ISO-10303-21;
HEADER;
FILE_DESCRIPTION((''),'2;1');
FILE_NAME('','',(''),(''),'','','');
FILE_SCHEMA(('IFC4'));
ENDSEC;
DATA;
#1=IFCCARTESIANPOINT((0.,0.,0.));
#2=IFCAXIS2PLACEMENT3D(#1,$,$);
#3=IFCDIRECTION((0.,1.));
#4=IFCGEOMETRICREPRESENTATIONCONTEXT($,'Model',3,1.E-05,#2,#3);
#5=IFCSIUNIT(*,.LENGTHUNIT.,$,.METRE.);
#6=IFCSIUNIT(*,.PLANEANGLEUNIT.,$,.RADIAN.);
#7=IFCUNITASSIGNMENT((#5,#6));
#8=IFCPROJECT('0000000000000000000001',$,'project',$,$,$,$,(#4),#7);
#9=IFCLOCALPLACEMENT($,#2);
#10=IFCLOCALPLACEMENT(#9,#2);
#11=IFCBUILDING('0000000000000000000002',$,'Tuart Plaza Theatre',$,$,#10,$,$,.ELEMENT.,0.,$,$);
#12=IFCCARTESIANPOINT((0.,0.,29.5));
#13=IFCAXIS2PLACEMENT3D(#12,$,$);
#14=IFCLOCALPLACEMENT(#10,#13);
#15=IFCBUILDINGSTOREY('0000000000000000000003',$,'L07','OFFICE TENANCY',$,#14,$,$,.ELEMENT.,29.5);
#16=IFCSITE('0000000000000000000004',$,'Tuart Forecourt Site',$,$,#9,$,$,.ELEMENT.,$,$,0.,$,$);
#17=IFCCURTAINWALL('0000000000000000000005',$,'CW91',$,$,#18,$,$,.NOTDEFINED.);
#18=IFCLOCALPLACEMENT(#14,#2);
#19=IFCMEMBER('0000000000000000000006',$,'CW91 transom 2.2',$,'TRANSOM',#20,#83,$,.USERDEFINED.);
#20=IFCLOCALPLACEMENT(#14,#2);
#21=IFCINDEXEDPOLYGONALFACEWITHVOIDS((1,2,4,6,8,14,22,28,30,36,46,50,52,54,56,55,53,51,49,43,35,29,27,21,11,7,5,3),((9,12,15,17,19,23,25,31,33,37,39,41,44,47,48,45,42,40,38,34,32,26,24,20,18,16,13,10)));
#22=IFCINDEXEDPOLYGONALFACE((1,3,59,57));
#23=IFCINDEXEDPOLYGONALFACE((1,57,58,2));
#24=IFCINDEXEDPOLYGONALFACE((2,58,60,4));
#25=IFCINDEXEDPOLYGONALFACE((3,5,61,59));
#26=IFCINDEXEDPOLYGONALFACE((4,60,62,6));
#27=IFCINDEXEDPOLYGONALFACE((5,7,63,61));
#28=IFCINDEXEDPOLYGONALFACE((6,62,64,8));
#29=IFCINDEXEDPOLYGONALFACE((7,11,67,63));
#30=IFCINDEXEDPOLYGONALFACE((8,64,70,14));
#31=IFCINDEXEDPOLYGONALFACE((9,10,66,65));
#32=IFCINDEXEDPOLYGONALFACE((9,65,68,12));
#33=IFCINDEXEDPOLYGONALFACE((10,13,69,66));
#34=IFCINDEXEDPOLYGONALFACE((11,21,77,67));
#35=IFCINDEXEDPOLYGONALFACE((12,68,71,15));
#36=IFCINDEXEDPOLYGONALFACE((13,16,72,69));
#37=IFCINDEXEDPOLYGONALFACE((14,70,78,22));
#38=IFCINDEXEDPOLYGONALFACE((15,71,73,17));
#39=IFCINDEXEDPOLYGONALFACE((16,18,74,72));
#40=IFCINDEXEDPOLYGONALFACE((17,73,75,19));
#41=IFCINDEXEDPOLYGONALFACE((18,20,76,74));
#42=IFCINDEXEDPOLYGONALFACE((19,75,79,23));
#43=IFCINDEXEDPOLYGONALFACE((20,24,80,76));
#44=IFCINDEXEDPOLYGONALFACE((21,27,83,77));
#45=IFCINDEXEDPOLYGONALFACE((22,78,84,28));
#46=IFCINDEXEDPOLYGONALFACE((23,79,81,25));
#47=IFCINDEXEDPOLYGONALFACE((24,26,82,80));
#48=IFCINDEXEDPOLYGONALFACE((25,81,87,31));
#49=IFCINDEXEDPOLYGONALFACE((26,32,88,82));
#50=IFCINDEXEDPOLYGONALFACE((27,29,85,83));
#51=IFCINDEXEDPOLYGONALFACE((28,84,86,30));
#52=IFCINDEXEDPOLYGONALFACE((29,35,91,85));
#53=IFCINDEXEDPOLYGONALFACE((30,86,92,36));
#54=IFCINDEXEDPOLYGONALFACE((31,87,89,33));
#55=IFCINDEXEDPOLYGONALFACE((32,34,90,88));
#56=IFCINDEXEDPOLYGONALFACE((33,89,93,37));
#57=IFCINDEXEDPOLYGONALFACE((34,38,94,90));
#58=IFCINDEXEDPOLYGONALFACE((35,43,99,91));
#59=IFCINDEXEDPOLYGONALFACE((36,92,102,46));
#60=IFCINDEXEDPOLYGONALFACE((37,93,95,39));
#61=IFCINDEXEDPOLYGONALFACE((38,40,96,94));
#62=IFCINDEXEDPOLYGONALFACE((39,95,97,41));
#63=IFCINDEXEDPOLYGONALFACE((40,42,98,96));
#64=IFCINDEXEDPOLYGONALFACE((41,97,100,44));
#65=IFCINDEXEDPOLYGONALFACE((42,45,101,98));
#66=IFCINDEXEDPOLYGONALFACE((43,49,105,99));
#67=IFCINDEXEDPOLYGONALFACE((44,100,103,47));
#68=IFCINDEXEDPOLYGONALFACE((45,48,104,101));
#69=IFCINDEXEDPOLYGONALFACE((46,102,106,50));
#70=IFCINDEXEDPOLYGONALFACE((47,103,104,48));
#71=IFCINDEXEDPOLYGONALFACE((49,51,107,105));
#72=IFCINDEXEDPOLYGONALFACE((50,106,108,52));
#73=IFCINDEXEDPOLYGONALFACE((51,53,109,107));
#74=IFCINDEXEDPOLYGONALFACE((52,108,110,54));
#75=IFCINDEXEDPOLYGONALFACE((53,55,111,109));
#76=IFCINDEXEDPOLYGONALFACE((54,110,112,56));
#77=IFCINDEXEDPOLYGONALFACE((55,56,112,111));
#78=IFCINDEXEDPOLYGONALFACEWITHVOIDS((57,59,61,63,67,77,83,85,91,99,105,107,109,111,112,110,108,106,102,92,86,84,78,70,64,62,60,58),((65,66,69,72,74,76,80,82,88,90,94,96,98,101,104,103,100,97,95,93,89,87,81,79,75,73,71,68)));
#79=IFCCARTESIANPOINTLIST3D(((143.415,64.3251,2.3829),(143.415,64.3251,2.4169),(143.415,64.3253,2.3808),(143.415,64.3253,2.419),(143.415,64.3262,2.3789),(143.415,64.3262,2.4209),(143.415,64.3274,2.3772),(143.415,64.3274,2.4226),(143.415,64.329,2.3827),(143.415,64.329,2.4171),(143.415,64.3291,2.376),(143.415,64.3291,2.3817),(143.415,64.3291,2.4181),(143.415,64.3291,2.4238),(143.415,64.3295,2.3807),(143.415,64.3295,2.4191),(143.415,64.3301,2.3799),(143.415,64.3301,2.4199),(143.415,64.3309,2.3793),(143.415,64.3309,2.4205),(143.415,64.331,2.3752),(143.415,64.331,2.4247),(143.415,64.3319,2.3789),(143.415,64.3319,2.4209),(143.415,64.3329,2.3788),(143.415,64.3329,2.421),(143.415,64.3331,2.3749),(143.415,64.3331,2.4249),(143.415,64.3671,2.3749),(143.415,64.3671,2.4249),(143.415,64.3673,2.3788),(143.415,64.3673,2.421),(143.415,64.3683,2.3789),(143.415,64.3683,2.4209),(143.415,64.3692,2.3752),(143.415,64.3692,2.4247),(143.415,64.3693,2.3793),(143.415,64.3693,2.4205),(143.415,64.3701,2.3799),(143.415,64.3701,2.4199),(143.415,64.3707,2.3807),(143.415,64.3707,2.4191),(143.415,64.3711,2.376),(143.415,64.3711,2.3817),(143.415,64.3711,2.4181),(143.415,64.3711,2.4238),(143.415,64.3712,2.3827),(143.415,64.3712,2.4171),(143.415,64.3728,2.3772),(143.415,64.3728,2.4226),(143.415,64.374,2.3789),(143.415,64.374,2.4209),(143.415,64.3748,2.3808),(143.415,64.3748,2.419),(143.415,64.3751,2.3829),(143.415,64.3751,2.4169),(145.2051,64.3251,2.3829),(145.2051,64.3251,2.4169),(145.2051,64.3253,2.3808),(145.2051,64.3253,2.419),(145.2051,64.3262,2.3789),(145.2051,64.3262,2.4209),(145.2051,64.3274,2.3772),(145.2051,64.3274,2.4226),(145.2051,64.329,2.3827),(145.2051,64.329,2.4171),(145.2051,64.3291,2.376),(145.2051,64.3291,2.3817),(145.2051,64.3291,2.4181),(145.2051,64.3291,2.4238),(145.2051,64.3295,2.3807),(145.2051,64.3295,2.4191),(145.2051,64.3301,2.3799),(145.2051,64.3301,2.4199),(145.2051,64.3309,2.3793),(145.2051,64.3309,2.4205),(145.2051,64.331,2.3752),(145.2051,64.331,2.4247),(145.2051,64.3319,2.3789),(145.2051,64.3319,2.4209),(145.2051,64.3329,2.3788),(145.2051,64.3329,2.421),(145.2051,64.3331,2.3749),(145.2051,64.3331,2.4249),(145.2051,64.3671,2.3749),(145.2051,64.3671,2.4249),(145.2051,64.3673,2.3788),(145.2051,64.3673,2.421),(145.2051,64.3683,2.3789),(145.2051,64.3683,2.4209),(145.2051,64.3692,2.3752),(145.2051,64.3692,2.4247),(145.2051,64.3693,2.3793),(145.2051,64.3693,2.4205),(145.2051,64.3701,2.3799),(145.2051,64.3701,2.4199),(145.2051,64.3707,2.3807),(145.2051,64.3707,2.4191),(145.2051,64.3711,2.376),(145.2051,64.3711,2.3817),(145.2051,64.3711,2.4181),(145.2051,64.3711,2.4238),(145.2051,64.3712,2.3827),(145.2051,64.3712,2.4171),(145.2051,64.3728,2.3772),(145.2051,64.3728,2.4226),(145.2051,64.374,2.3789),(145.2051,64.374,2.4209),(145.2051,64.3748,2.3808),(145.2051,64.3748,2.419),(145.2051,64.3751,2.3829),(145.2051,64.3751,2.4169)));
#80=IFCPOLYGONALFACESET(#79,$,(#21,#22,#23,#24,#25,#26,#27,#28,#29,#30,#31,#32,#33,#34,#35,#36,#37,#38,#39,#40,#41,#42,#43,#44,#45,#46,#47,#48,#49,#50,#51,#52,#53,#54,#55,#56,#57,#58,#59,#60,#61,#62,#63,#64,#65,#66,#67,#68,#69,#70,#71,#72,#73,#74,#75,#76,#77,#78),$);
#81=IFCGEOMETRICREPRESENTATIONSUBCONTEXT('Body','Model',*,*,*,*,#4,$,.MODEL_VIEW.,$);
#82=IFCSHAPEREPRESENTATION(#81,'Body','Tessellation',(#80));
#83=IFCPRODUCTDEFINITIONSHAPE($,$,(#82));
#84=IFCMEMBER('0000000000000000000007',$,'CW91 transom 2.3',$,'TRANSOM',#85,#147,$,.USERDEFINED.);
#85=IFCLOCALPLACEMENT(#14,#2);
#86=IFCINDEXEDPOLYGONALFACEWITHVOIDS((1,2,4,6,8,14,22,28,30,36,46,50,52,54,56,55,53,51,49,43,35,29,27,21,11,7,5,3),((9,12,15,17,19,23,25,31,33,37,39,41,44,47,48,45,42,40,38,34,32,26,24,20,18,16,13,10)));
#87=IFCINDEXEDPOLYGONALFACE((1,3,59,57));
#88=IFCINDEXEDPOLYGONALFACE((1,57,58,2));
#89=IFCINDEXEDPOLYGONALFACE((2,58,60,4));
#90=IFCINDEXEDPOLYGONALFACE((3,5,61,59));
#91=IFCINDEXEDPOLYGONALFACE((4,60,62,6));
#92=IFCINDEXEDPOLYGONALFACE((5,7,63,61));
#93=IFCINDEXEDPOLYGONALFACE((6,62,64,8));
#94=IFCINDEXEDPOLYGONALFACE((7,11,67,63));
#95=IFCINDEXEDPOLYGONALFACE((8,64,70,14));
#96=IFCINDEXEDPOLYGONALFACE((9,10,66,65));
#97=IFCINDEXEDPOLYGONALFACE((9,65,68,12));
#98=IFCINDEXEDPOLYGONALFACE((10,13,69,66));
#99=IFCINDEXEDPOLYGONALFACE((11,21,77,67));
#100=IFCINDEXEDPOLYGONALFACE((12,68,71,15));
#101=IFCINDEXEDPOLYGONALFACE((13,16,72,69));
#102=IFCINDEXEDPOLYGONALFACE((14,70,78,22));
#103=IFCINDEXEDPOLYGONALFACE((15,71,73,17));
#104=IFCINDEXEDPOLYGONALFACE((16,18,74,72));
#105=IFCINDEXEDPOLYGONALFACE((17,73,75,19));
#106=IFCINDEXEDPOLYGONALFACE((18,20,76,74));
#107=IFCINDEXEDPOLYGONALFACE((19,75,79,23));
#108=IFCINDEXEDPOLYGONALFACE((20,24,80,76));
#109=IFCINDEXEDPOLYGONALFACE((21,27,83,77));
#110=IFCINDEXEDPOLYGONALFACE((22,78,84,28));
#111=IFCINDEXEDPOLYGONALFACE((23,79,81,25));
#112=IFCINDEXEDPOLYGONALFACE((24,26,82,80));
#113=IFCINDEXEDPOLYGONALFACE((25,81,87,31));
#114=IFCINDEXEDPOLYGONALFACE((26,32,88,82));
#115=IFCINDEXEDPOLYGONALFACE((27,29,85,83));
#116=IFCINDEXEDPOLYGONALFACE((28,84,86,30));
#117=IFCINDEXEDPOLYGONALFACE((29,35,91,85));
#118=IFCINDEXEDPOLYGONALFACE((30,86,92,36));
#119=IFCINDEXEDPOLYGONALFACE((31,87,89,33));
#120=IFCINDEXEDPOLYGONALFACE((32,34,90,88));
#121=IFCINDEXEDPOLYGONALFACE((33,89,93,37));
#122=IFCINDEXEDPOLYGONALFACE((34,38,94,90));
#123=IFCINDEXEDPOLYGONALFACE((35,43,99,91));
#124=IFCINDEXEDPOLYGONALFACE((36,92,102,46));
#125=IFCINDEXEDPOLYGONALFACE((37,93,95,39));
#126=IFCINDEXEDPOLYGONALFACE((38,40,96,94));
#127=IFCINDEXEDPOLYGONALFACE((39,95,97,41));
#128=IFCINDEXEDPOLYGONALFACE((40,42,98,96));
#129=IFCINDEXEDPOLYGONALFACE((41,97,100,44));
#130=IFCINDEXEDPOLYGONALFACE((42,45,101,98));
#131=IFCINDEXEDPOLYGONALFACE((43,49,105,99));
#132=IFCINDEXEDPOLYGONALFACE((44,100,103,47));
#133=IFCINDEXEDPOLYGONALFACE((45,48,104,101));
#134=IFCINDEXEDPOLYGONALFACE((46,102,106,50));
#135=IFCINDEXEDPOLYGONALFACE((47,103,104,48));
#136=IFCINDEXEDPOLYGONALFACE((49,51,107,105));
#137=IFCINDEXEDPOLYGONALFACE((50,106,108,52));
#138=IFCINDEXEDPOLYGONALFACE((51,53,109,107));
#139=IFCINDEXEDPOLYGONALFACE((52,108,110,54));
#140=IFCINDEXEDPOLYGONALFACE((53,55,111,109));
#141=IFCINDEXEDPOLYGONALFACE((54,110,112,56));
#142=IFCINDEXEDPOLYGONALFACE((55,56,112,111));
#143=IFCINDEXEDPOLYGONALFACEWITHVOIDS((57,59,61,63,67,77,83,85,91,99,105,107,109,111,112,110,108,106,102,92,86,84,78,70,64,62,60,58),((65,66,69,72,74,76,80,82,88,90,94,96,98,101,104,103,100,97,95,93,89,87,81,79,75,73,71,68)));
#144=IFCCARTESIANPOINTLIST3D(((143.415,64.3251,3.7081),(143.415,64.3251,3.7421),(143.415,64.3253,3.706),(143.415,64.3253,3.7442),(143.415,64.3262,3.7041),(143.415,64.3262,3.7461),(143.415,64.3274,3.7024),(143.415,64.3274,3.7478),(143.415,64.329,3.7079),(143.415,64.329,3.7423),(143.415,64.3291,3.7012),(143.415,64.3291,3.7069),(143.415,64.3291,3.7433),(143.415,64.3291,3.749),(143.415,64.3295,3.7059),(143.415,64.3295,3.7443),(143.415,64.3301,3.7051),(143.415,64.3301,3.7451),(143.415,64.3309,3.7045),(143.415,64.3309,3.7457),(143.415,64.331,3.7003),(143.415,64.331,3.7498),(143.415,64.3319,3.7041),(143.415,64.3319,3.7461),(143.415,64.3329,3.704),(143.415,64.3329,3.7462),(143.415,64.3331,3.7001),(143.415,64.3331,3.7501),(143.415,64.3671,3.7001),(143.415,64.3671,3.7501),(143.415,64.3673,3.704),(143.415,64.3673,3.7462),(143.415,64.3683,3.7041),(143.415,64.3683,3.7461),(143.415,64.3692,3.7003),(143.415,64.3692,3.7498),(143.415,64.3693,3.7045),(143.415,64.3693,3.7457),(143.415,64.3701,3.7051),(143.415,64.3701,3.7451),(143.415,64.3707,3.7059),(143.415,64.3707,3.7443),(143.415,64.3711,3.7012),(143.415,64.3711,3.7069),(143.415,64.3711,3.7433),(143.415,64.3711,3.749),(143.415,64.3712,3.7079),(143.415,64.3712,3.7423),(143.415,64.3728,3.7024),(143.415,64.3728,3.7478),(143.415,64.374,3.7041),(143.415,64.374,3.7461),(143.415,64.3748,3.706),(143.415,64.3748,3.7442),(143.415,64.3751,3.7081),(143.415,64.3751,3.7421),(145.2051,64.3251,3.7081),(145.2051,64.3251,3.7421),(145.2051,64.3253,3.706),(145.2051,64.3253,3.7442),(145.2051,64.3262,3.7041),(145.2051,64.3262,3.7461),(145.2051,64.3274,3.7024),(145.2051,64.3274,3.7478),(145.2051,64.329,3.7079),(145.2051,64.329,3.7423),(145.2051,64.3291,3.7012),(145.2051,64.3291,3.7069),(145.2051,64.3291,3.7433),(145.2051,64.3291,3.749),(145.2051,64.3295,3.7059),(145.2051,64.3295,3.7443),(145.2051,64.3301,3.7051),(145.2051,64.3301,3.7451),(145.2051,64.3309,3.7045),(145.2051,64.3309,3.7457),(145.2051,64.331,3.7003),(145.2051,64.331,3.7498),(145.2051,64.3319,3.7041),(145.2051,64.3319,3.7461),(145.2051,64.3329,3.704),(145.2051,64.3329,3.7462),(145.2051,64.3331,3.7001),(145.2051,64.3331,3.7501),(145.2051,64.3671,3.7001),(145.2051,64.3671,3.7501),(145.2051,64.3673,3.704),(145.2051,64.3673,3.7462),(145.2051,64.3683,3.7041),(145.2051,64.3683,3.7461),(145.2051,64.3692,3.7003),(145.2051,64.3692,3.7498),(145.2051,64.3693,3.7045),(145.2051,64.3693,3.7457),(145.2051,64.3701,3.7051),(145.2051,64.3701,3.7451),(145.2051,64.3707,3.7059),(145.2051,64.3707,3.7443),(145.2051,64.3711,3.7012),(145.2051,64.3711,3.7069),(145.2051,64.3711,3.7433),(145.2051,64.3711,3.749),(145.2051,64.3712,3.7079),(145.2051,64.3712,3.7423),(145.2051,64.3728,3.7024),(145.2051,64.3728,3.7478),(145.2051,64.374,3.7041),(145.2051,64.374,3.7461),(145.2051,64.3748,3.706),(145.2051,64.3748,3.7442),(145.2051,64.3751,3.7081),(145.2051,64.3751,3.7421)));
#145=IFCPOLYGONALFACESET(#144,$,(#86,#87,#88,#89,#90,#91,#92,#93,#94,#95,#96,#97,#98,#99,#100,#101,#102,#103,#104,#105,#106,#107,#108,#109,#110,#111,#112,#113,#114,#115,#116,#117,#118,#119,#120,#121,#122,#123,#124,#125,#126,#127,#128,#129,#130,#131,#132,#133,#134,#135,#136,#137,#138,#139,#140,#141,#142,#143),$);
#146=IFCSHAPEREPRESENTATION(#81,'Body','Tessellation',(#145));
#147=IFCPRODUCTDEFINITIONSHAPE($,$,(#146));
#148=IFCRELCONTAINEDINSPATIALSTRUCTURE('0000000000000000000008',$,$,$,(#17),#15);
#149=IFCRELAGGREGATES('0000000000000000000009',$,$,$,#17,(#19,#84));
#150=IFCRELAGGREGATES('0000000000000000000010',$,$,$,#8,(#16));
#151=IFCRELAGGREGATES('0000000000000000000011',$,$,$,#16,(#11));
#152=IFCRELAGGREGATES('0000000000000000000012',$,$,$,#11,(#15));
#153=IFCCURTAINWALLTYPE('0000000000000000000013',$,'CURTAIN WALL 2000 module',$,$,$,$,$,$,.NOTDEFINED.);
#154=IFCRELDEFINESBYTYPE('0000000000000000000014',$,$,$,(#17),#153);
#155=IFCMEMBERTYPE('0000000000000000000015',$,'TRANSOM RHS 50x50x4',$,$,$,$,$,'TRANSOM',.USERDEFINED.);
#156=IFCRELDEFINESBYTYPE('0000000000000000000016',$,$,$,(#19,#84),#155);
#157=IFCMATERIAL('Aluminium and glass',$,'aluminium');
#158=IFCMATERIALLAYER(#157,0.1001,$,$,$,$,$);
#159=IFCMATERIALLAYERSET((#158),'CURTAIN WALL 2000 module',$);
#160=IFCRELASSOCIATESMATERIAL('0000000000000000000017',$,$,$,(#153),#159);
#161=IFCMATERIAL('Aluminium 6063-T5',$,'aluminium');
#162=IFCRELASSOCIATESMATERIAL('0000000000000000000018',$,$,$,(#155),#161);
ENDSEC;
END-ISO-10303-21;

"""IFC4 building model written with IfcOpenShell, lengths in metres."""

from ifc_helpers import new_model, si_unit, direction, frame, origin, origin_2d, place, context, subcontext, project, spatial, hollow_rectangle, extrude, material, layer, layer_set, material_profile, profile_set, type_object, element, aggregate, save


model = new_model("IFC4")

# Units and contexts
model_context = context("Model", 3, precision=1e-05, world=origin(), true_north=direction((0.0, 1.0)))
body_context = subcontext(model_context, "Body", "Model", "MODEL_VIEW")
ifc_project = project(units=[si_unit("LENGTHUNIT", "METRE"), si_unit("PLANEANGLEUNIT", "RADIAN")], contexts=[model_context])

# Site, building, storey
site_placement = place(None, origin())
site = spatial("IfcSite", under=ifc_project, at=site_placement, Name="Tuart Forecourt Site", CompositionType="ELEMENT", RefElevation=0.0)
building_placement = place(site_placement, origin())
building = spatial("IfcBuilding", under=site, at=building_placement, Name="Tuart Plaza Theatre", CompositionType="ELEMENT", ElevationOfRefHeight=0.0)
storey_placement = place(building_placement, frame((0.0, 0.0, 29.5)))
storey = spatial("IfcBuildingStorey", under=building, at=storey_placement, Name="L07", Description="OFFICE TENANCY", CompositionType="ELEMENT", Elevation=29.5)

# Curtain wall
ifc_material_1 = material(Name="Aluminium and glass", Category="aluminium")
ifc_layer_1 = layer(ifc_material_1, 0.1001)
ifc_layer_set_1 = layer_set([ifc_layer_1], Name="CURTAIN WALL 2000 module")
curtain_wall_type = type_object("IfcCurtainWallType", Name="CURTAIN WALL 2000 module", PredefinedType="NOTDEFINED", material=ifc_layer_set_1)
curtain_wall_1_placement = place(storey_placement, origin())
curtain_wall_1 = element("IfcCurtainWall", 1, at=curtain_wall_1_placement, inside=storey, type_object=curtain_wall_type, Name="CW91", PredefinedType="NOTDEFINED")

# Members
ifc_material_2 = material(Name="Aluminium 6063-T5", Category="aluminium")
ifc_material_profile_1 = material_profile(ifc_material_2, hollow_rectangle(XDim=0.05, YDim=0.05, WallThickness=0.0039, InnerFilletRadius=0.0039, OuterFilletRadius=0.0081, at=origin_2d()), Name="RHS 50x50x4")
ifc_profile_set_1 = profile_set([ifc_material_profile_1], Name="Aluminium 6063-T5")
member_type_1 = type_object("IfcMemberType", Name="TRANSOM RHS 50x50x4", ElementType="TRANSOM", PredefinedType="USERDEFINED", material=ifc_profile_set_1)
member_1_placement = place(storey_placement, frame((143.415, 64.3501, 2.3999), z_axis=(1.0, 0.0, 0.0), x_axis=(0.0, 1.0, 0.0)))
member_1 = element("IfcMember", 2, at=member_1_placement, type_object=member_type_1, Name="CW91 transom 2.2", ObjectType="TRANSOM", PredefinedType="USERDEFINED", context=body_context, shape_type="SweptSolid", body=[
    extrude(hollow_rectangle(XDim=0.05, YDim=0.05, WallThickness=0.0039, InnerFilletRadius=0.0039, OuterFilletRadius=0.0081, at=origin_2d()), origin(), (0.0, 0.0, 1.0), 1.79),
])
member_2_placement = place(storey_placement, frame((143.415, 64.3501, 3.7251), z_axis=(1.0, 0.0, 0.0), x_axis=(0.0, 1.0, 0.0)))
member_2 = element("IfcMember", 3, at=member_2_placement, type_object=member_type_1, Name="CW91 transom 2.3", ObjectType="TRANSOM", PredefinedType="USERDEFINED", context=body_context, shape_type="SweptSolid", body=[
    extrude(hollow_rectangle(XDim=0.05, YDim=0.05, WallThickness=0.0039, InnerFilletRadius=0.0039, OuterFilletRadius=0.0081, at=origin_2d()), origin(), (0.0, 0.0, 1.0), 1.79),
])

aggregate(curtain_wall_1, [member_1, member_2])

save(model, "model.ifc")
